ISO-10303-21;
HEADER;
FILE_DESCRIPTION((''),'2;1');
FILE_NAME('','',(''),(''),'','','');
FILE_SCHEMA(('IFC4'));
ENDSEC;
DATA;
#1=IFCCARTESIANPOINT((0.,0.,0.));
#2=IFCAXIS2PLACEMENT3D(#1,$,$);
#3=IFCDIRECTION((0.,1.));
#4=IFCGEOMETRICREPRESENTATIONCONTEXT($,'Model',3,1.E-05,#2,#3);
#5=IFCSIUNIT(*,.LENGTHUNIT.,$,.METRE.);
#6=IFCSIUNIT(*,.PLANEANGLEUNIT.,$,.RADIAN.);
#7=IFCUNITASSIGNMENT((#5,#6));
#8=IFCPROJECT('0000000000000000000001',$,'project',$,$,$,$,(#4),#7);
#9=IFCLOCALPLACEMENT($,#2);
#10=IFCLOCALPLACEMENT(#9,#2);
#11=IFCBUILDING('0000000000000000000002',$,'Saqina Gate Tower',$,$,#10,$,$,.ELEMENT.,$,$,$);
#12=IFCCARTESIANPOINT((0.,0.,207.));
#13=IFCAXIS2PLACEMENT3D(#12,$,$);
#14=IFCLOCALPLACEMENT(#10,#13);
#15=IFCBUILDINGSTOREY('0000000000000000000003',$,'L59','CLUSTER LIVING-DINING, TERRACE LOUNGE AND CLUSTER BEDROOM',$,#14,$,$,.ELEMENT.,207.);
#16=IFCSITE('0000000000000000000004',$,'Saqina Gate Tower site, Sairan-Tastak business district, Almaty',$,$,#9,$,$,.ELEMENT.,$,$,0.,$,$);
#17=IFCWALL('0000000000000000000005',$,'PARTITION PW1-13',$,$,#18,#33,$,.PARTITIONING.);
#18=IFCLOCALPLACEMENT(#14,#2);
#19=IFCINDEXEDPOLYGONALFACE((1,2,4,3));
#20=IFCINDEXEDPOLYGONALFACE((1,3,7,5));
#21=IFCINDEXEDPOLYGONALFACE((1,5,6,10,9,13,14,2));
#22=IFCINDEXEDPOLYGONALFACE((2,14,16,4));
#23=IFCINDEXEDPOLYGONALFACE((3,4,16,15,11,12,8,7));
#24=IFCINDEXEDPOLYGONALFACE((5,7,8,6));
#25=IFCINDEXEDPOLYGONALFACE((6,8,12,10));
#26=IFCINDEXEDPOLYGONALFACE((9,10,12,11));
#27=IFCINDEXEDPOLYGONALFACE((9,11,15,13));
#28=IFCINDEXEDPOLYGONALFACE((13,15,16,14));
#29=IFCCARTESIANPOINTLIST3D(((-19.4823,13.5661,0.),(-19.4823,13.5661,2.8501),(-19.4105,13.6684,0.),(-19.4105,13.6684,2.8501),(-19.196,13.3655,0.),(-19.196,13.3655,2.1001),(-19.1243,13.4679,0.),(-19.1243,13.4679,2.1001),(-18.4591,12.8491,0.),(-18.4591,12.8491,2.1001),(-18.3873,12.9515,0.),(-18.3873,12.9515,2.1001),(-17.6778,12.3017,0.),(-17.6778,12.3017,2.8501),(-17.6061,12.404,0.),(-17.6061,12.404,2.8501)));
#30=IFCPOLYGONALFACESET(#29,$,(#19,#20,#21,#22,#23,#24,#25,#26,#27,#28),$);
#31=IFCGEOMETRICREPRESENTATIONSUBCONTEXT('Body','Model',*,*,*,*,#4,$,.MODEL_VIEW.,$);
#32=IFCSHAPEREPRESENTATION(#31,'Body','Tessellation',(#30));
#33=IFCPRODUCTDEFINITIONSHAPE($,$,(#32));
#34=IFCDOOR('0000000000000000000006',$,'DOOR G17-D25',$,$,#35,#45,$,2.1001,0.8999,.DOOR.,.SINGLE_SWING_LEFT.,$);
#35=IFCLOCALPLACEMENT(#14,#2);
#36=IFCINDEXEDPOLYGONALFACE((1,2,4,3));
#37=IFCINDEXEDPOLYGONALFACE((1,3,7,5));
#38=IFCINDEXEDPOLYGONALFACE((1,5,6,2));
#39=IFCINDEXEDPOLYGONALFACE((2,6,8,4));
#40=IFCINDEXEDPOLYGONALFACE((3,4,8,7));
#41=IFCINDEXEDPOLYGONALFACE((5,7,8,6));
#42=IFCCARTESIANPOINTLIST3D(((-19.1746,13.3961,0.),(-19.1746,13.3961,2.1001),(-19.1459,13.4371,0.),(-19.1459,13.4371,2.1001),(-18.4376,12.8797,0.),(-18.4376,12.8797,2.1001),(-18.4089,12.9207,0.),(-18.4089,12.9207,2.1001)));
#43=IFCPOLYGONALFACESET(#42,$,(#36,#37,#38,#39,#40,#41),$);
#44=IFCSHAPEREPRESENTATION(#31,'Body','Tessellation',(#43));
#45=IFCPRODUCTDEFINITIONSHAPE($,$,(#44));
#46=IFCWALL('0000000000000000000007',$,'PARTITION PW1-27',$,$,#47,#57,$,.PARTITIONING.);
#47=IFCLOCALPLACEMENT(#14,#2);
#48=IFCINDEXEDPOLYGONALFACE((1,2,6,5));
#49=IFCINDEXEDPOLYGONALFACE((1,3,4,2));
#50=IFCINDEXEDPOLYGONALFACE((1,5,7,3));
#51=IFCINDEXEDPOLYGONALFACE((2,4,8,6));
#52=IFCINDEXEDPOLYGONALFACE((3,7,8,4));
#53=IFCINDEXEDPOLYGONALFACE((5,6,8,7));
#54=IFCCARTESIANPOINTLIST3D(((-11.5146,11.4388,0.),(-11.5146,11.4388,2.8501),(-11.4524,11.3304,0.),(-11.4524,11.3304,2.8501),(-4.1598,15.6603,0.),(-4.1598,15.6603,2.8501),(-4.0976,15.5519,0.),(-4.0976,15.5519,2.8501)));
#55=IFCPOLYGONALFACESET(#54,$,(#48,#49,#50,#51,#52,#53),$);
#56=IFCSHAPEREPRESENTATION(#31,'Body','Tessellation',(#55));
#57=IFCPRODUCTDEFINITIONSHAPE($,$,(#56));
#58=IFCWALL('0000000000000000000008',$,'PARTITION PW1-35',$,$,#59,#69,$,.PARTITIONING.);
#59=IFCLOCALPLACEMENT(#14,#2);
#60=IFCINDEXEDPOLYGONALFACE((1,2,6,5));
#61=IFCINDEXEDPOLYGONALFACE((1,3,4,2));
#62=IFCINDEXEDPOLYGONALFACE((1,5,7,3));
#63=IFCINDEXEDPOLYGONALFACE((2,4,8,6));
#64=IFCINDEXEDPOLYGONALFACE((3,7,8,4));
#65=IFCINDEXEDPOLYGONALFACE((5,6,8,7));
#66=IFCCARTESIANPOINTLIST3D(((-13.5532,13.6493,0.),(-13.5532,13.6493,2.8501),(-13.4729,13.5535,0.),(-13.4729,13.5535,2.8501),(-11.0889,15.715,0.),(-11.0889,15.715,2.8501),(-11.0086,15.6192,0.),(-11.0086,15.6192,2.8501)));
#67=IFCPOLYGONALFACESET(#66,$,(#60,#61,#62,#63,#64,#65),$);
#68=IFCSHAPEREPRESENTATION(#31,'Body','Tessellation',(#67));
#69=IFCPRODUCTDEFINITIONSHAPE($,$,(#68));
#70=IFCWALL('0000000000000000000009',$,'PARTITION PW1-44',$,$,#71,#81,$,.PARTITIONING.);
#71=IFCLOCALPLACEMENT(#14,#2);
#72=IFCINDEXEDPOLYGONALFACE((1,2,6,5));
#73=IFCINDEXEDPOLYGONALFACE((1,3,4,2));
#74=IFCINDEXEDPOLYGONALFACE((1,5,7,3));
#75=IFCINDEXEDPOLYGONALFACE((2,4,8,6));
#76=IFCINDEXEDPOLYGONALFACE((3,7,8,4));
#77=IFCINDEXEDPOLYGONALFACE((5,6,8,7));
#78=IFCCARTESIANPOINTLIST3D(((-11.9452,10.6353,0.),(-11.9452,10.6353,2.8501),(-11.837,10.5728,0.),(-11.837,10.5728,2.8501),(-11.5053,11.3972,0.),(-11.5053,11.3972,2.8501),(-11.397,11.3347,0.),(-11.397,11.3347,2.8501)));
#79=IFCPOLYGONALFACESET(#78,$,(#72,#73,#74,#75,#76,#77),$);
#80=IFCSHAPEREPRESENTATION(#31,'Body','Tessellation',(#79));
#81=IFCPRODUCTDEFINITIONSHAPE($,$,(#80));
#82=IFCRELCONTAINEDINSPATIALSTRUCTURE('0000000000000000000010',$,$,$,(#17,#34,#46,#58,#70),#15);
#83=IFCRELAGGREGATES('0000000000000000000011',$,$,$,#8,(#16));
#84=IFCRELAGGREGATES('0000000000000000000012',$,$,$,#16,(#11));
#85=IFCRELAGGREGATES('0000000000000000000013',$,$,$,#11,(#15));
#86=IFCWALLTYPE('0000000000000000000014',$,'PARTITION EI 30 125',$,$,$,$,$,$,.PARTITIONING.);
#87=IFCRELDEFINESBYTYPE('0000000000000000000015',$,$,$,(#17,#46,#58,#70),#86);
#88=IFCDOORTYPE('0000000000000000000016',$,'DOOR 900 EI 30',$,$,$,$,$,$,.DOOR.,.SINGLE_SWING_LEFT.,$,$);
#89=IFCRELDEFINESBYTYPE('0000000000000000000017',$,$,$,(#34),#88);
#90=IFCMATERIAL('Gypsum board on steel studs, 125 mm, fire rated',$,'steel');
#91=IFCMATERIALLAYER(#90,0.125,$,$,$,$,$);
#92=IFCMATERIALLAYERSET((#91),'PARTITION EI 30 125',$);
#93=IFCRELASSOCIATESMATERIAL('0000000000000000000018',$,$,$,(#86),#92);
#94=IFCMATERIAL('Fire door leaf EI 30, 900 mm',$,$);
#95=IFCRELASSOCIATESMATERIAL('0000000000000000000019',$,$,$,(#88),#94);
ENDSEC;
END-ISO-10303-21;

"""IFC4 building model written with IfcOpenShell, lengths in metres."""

from ifc_helpers import new_model, si_unit, direction, frame, frame_2d, origin, place, context, subcontext, project, spatial, rectangle, extrude, material, layer, layer_set, type_object, element, fill, save


model = new_model("IFC4")

# Units and contexts
model_context = context("Model", 3, precision=1e-05, world=origin(), true_north=direction((0.0, 1.0)))
body_context = subcontext(model_context, "Body", "Model", "MODEL_VIEW")
ifc_project = project(units=[si_unit("LENGTHUNIT", "METRE"), si_unit("PLANEANGLEUNIT", "RADIAN")], contexts=[model_context])

# Site, building, storey
site_placement = place(None, origin())
site = spatial("IfcSite", under=ifc_project, at=site_placement, Name="Saqina Gate Tower site, Sairan-Tastak business district, Almaty", CompositionType="ELEMENT", RefElevation=0.0)
building_placement = place(site_placement, origin())
building = spatial("IfcBuilding", under=site, at=building_placement, Name="Saqina Gate Tower", CompositionType="ELEMENT")
storey_placement = place(building_placement, frame((0.0, 0.0, 207.0)))
storey = spatial("IfcBuildingStorey", under=building, at=storey_placement, Name="L59", Description="CLUSTER LIVING-DINING, TERRACE LOUNGE AND CLUSTER BEDROOM", CompositionType="ELEMENT", Elevation=207.0)

# Shared definitions
ifc_material_1 = material(Name="Gypsum board on steel studs, 125 mm, fire rated", Category="steel")
ifc_layer_1 = layer(ifc_material_1, 0.125)
ifc_layer_set_1 = layer_set([ifc_layer_1], Name="PARTITION EI 30 125")
wall_type_1 = type_object("IfcWallType", Name="PARTITION EI 30 125", PredefinedType="PARTITIONING", material=ifc_layer_set_1)

# Wall, opening, door
wall_1_placement = place(storey_placement, frame((-19.4463, 13.6172, 0.0), z_axis=(0.0, 0.0, 1.0), x_axis=(0.818956, -0.573856, 0.0)))
wall_1 = element("IfcWall", 1, at=wall_1_placement, inside=storey, type_object=wall_type_1, Name="PARTITION PW1-13", PredefinedType="PARTITIONING", context=body_context, shape_type="SweptSolid", body=[
    extrude(rectangle(XDim=2.2034, YDim=0.125, at=frame_2d((1.1016, 0.0))), origin(), (0.0, 0.0, 1.0), 2.8501),
])
opening_1_placement = place(wall_1_placement, frame((0.3494, 0.0, 0.0)))
opening_1 = element("IfcOpeningElement", 2, at=opening_1_placement, cuts=wall_1, PredefinedType="OPENING", context=body_context, shape_type="SweptSolid", body=[
    extrude(rectangle(XDim=0.8999, YDim=2.1001, at=frame_2d((0.45, 1.05))), frame((0.0, 0.0745, 0.0), z_axis=(0.0, -1.0, 0.0), x_axis=(1.0, 0.0, 0.0)), (0.0, 0.0, 1.0), 0.1489),
])
ifc_material_2 = material(Name="Fire door leaf EI 30, 900 mm")
door_type_1 = type_object("IfcDoorType", Name="DOOR 900 EI 30", OperationType="SINGLE_SWING_LEFT", PredefinedType="DOOR", material=ifc_material_2)
door_1_placement = place(opening_1_placement, origin())
door_1 = element("IfcDoor", 3, at=door_1_placement, inside=storey, type_object=door_type_1, Name="DOOR G17-D25", OperationType="SINGLE_SWING_LEFT", OverallHeight=2.1001, OverallWidth=0.8999, PredefinedType="DOOR", context=body_context, shape_type="SweptSolid", body=[
    extrude(rectangle(XDim=0.8999, YDim=2.1001, at=frame_2d((0.45, 1.05))), frame((0.0, 0.0249, 0.0), z_axis=(0.0, -1.0, 0.0), x_axis=(1.0, 0.0, 0.0)), (0.0, 0.0, 1.0), 0.05),
])
fill(opening_1, door_1)

# Walls
wall_2_placement = place(storey_placement, frame((-11.4836, 11.3845, 0.0), z_axis=(0.0, 0.0, 1.0), x_axis=(0.86729, 0.497803, 0.0)))
element("IfcWall", 4, at=wall_2_placement, inside=storey, type_object=wall_type_1, Name="PARTITION PW1-27", PredefinedType="PARTITIONING", context=body_context, shape_type="SweptSolid", body=[
    extrude(rectangle(XDim=8.4802, YDim=0.125, at=frame_2d((4.2402, 0.0))), origin(), (0.0, 0.0, 1.0), 2.8501),
])
wall_3_placement = place(storey_placement, frame((-13.5132, 13.6013, 0.0), z_axis=(0.0, 0.0, 1.0), x_axis=(0.766376, 0.642392, 0.0)))
element("IfcWall", 5, at=wall_3_placement, inside=storey, type_object=wall_type_1, Name="PARTITION PW1-35", PredefinedType="PARTITIONING", context=body_context, shape_type="SweptSolid", body=[
    extrude(rectangle(XDim=3.2156, YDim=0.125, at=frame_2d((1.6079, 0.0))), origin(), (0.0, 0.0, 1.0), 2.8501),
])
wall_4_placement = place(storey_placement, frame((-11.8911, 10.604, 0.0), z_axis=(0.0, 0.0, 1.0), x_axis=(0.500019, 0.866015, 0.0)))
element("IfcWall", 6, at=wall_4_placement, inside=storey, type_object=wall_type_1, Name="PARTITION PW1-44", PredefinedType="PARTITIONING", context=body_context, shape_type="SweptSolid", body=[
    extrude(rectangle(XDim=0.8799, YDim=0.125, at=frame_2d((0.4399, 0.0))), origin(), (0.0, 0.0, 1.0), 2.8501),
])

save(model, "model.ifc")
